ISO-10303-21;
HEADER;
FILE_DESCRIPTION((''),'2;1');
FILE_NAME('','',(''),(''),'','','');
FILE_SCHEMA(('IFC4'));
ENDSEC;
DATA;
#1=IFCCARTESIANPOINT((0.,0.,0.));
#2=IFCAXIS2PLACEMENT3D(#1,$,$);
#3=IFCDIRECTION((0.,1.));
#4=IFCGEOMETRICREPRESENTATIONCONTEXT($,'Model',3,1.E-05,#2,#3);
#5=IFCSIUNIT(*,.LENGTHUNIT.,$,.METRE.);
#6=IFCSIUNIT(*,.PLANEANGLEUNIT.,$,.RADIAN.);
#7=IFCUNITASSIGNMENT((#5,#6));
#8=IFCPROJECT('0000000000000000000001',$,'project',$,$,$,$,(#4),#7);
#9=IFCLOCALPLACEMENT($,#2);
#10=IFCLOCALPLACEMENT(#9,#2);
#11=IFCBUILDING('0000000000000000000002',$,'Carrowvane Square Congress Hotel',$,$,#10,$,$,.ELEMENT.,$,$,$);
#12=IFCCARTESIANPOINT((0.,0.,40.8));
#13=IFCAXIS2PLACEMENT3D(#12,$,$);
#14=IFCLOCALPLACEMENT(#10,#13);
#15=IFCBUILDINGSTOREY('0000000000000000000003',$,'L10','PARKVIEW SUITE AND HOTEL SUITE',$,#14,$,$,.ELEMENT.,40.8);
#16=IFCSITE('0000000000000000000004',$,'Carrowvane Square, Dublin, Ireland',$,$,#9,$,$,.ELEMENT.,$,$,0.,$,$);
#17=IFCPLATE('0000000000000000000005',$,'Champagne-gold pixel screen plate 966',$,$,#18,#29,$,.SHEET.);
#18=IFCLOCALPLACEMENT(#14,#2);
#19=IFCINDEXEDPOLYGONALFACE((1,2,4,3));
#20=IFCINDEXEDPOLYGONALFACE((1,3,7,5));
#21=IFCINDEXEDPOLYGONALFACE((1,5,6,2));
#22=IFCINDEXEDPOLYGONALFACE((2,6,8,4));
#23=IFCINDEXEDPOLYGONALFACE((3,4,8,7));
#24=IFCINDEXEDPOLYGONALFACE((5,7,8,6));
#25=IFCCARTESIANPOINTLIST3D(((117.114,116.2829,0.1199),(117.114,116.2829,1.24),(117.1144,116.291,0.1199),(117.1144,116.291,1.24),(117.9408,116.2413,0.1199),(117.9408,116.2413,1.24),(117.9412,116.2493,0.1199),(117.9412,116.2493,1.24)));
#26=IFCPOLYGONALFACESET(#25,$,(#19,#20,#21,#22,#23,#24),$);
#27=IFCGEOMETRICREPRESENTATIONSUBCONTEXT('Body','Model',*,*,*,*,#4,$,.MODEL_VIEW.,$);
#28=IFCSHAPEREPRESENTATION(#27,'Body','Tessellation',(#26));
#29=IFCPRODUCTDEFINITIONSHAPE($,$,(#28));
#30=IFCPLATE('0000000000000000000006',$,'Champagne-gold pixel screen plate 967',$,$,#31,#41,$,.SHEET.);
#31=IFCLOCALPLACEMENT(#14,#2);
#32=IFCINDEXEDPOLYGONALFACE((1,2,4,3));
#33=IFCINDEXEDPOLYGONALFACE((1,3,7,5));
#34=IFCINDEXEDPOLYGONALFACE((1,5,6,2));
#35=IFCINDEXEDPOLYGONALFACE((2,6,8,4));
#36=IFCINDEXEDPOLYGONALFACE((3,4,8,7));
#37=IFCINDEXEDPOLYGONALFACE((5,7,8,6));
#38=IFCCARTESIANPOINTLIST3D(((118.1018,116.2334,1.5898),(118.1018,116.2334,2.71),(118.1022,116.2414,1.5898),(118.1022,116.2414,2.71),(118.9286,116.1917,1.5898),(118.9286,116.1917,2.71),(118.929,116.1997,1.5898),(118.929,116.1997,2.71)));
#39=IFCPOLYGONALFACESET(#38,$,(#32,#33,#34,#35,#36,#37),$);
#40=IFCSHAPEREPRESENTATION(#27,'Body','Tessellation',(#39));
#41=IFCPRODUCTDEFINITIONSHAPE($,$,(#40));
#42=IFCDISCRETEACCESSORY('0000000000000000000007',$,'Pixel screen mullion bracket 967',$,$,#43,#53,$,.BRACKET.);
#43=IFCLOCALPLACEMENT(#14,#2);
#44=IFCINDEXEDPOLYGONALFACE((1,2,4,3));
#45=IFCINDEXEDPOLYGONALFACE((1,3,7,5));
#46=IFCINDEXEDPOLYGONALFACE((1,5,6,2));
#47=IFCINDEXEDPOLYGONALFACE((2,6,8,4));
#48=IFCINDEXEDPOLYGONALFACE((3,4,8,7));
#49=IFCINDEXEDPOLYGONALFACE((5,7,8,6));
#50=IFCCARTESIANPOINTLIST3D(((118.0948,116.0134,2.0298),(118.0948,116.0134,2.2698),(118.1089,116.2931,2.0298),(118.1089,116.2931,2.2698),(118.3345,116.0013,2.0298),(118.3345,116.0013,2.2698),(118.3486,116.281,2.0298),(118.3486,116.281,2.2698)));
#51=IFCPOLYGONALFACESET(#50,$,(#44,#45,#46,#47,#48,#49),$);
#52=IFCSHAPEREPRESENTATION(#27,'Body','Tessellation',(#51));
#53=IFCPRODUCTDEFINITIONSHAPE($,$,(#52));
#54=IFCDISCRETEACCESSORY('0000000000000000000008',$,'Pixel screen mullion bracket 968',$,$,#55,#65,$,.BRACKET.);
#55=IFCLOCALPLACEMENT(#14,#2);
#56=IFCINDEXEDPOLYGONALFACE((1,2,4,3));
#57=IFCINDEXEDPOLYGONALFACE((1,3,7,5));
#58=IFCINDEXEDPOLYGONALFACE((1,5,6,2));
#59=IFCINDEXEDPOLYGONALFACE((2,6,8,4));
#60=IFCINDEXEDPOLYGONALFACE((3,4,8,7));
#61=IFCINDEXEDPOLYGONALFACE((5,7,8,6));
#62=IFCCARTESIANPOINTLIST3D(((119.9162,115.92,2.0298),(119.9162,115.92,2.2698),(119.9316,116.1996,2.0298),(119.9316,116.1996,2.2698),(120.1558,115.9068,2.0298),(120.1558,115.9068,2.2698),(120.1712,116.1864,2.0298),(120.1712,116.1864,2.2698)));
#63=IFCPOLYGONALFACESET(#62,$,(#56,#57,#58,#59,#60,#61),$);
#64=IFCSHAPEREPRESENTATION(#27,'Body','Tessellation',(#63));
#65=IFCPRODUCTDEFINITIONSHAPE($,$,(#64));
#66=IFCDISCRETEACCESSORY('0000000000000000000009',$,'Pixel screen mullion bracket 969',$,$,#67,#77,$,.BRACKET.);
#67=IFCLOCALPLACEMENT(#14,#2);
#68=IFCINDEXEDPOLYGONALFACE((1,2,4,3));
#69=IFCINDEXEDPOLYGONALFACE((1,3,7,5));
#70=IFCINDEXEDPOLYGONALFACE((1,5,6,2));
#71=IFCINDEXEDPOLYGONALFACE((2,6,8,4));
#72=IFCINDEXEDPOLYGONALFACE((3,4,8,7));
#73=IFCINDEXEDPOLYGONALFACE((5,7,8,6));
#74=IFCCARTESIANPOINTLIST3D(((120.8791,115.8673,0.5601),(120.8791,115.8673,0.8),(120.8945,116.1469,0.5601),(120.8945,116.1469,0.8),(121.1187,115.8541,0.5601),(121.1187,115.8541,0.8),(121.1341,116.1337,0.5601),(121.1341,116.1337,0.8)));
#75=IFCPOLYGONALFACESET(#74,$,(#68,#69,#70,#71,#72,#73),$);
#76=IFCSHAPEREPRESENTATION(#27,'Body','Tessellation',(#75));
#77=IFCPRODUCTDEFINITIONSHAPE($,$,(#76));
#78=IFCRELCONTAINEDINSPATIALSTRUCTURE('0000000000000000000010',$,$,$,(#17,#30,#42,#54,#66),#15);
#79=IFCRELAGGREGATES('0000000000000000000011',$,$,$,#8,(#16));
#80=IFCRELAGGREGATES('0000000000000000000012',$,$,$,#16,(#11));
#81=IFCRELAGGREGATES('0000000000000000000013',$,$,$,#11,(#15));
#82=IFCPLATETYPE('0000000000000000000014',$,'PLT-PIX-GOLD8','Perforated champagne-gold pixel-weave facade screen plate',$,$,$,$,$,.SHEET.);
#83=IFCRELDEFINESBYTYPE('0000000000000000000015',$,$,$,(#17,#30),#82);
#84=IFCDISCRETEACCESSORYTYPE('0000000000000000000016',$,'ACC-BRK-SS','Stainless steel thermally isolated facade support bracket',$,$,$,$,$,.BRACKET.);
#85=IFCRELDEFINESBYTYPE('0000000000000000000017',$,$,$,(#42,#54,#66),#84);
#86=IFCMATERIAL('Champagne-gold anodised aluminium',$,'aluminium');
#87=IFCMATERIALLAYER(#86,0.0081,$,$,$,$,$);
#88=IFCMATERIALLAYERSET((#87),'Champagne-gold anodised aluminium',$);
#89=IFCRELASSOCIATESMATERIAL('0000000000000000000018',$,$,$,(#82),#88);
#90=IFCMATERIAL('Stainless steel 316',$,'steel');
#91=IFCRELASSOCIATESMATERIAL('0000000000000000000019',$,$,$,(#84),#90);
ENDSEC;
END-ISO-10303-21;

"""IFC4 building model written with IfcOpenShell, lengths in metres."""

from ifc_helpers import new_model, si_unit, direction, frame, origin, origin_2d, place, context, subcontext, project, spatial, rectangle, extrude, material, layer, layer_set, type_object, element, save


model = new_model("IFC4")

# Units and contexts
model_context = context("Model", 3, precision=1e-05, world=origin(), true_north=direction((0.0, 1.0)))
body_context = subcontext(model_context, "Body", "Model", "MODEL_VIEW")
ifc_project = project(units=[si_unit("LENGTHUNIT", "METRE"), si_unit("PLANEANGLEUNIT", "RADIAN")], contexts=[model_context])

# Site, building, storey
site_placement = place(None, origin())
site = spatial("IfcSite", under=ifc_project, at=site_placement, Name="Carrowvane Square, Dublin, Ireland", CompositionType="ELEMENT", RefElevation=0.0)
building_placement = place(site_placement, origin())
building = spatial("IfcBuilding", under=site, at=building_placement, Name="Carrowvane Square Congress Hotel", CompositionType="ELEMENT")
storey_placement = place(building_placement, frame((0.0, 0.0, 40.8)))
storey = spatial("IfcBuildingStorey", under=building, at=storey_placement, Name="L10", Description="PARKVIEW SUITE AND HOTEL SUITE", CompositionType="ELEMENT", Elevation=40.8)

# Plates
ifc_material_1 = material(Name="Champagne-gold anodised aluminium", Category="aluminium")
ifc_layer_1 = layer(ifc_material_1, 0.0081)
ifc_layer_set_1 = layer_set([ifc_layer_1], Name="Champagne-gold anodised aluminium")
plate_type_1 = type_object("IfcPlateType", Name="PLT-PIX-GOLD8", Description="Perforated champagne-gold pixel-weave facade screen plate", PredefinedType="SHEET", material=ifc_layer_set_1)
for number, where, z_axis, x_axis, name in (
    (1, (117.5276, 116.2661, 0.1199), (0.0, 0.0, 1.0), (0.998733, -0.050322, 0.0), "Champagne-gold pixel screen plate 966"),
    (2, (118.5154, 116.2166, 1.5898), (0.0, 0.0, 1.0), (0.998733, -0.050322, 0.0), "Champagne-gold pixel screen plate 967"),
):
    element("IfcPlate", number, at=place(storey_placement, frame(where, z_axis=z_axis, x_axis=x_axis)), inside=storey, type_object=plate_type_1, Name=name, PredefinedType="SHEET", context=body_context, shape_type="SweptSolid", body=[
        extrude(rectangle(XDim=0.8279, YDim=0.0081, at=origin_2d()), origin(), (0.0, 0.0, 1.0), 1.1201),
    ])

# Discrete accessories
ifc_material_2 = material(Name="Stainless steel 316", Category="steel")
discrete_accessory_type = type_object("IfcDiscreteAccessoryType", Name="ACC-BRK-SS", Description="Stainless steel thermally isolated facade support bracket", PredefinedType="BRACKET", material=ifc_material_2)
for number, where, z_axis, x_axis, name in (
    (3, (118.2217, 116.1472, 2.0298), (0.0, 0.0, 1.0), (0.998733, -0.050322, 0.0), "Pixel screen mullion bracket 967"),
    (4, (120.0437, 116.0532, 2.0298), (0.0, 0.0, 1.0), (0.998497, -0.054815, 0.0), "Pixel screen mullion bracket 968"),
    (5, (121.0066, 116.0005, 0.5601), (0.0, 0.0, 1.0), (0.998497, -0.054815, 0.0), "Pixel screen mullion bracket 969"),
):
    element("IfcDiscreteAccessory", number, at=place(storey_placement, frame(where, z_axis=z_axis, x_axis=x_axis)), inside=storey, type_object=discrete_accessory_type, Name=name, PredefinedType="BRACKET", context=body_context, shape_type="SweptSolid", body=[
        extrude(rectangle(XDim=0.24, YDim=0.28, at=origin_2d()), origin(), (0.0, 0.0, 1.0), 0.24),
    ])

save(model, "model.ifc")
